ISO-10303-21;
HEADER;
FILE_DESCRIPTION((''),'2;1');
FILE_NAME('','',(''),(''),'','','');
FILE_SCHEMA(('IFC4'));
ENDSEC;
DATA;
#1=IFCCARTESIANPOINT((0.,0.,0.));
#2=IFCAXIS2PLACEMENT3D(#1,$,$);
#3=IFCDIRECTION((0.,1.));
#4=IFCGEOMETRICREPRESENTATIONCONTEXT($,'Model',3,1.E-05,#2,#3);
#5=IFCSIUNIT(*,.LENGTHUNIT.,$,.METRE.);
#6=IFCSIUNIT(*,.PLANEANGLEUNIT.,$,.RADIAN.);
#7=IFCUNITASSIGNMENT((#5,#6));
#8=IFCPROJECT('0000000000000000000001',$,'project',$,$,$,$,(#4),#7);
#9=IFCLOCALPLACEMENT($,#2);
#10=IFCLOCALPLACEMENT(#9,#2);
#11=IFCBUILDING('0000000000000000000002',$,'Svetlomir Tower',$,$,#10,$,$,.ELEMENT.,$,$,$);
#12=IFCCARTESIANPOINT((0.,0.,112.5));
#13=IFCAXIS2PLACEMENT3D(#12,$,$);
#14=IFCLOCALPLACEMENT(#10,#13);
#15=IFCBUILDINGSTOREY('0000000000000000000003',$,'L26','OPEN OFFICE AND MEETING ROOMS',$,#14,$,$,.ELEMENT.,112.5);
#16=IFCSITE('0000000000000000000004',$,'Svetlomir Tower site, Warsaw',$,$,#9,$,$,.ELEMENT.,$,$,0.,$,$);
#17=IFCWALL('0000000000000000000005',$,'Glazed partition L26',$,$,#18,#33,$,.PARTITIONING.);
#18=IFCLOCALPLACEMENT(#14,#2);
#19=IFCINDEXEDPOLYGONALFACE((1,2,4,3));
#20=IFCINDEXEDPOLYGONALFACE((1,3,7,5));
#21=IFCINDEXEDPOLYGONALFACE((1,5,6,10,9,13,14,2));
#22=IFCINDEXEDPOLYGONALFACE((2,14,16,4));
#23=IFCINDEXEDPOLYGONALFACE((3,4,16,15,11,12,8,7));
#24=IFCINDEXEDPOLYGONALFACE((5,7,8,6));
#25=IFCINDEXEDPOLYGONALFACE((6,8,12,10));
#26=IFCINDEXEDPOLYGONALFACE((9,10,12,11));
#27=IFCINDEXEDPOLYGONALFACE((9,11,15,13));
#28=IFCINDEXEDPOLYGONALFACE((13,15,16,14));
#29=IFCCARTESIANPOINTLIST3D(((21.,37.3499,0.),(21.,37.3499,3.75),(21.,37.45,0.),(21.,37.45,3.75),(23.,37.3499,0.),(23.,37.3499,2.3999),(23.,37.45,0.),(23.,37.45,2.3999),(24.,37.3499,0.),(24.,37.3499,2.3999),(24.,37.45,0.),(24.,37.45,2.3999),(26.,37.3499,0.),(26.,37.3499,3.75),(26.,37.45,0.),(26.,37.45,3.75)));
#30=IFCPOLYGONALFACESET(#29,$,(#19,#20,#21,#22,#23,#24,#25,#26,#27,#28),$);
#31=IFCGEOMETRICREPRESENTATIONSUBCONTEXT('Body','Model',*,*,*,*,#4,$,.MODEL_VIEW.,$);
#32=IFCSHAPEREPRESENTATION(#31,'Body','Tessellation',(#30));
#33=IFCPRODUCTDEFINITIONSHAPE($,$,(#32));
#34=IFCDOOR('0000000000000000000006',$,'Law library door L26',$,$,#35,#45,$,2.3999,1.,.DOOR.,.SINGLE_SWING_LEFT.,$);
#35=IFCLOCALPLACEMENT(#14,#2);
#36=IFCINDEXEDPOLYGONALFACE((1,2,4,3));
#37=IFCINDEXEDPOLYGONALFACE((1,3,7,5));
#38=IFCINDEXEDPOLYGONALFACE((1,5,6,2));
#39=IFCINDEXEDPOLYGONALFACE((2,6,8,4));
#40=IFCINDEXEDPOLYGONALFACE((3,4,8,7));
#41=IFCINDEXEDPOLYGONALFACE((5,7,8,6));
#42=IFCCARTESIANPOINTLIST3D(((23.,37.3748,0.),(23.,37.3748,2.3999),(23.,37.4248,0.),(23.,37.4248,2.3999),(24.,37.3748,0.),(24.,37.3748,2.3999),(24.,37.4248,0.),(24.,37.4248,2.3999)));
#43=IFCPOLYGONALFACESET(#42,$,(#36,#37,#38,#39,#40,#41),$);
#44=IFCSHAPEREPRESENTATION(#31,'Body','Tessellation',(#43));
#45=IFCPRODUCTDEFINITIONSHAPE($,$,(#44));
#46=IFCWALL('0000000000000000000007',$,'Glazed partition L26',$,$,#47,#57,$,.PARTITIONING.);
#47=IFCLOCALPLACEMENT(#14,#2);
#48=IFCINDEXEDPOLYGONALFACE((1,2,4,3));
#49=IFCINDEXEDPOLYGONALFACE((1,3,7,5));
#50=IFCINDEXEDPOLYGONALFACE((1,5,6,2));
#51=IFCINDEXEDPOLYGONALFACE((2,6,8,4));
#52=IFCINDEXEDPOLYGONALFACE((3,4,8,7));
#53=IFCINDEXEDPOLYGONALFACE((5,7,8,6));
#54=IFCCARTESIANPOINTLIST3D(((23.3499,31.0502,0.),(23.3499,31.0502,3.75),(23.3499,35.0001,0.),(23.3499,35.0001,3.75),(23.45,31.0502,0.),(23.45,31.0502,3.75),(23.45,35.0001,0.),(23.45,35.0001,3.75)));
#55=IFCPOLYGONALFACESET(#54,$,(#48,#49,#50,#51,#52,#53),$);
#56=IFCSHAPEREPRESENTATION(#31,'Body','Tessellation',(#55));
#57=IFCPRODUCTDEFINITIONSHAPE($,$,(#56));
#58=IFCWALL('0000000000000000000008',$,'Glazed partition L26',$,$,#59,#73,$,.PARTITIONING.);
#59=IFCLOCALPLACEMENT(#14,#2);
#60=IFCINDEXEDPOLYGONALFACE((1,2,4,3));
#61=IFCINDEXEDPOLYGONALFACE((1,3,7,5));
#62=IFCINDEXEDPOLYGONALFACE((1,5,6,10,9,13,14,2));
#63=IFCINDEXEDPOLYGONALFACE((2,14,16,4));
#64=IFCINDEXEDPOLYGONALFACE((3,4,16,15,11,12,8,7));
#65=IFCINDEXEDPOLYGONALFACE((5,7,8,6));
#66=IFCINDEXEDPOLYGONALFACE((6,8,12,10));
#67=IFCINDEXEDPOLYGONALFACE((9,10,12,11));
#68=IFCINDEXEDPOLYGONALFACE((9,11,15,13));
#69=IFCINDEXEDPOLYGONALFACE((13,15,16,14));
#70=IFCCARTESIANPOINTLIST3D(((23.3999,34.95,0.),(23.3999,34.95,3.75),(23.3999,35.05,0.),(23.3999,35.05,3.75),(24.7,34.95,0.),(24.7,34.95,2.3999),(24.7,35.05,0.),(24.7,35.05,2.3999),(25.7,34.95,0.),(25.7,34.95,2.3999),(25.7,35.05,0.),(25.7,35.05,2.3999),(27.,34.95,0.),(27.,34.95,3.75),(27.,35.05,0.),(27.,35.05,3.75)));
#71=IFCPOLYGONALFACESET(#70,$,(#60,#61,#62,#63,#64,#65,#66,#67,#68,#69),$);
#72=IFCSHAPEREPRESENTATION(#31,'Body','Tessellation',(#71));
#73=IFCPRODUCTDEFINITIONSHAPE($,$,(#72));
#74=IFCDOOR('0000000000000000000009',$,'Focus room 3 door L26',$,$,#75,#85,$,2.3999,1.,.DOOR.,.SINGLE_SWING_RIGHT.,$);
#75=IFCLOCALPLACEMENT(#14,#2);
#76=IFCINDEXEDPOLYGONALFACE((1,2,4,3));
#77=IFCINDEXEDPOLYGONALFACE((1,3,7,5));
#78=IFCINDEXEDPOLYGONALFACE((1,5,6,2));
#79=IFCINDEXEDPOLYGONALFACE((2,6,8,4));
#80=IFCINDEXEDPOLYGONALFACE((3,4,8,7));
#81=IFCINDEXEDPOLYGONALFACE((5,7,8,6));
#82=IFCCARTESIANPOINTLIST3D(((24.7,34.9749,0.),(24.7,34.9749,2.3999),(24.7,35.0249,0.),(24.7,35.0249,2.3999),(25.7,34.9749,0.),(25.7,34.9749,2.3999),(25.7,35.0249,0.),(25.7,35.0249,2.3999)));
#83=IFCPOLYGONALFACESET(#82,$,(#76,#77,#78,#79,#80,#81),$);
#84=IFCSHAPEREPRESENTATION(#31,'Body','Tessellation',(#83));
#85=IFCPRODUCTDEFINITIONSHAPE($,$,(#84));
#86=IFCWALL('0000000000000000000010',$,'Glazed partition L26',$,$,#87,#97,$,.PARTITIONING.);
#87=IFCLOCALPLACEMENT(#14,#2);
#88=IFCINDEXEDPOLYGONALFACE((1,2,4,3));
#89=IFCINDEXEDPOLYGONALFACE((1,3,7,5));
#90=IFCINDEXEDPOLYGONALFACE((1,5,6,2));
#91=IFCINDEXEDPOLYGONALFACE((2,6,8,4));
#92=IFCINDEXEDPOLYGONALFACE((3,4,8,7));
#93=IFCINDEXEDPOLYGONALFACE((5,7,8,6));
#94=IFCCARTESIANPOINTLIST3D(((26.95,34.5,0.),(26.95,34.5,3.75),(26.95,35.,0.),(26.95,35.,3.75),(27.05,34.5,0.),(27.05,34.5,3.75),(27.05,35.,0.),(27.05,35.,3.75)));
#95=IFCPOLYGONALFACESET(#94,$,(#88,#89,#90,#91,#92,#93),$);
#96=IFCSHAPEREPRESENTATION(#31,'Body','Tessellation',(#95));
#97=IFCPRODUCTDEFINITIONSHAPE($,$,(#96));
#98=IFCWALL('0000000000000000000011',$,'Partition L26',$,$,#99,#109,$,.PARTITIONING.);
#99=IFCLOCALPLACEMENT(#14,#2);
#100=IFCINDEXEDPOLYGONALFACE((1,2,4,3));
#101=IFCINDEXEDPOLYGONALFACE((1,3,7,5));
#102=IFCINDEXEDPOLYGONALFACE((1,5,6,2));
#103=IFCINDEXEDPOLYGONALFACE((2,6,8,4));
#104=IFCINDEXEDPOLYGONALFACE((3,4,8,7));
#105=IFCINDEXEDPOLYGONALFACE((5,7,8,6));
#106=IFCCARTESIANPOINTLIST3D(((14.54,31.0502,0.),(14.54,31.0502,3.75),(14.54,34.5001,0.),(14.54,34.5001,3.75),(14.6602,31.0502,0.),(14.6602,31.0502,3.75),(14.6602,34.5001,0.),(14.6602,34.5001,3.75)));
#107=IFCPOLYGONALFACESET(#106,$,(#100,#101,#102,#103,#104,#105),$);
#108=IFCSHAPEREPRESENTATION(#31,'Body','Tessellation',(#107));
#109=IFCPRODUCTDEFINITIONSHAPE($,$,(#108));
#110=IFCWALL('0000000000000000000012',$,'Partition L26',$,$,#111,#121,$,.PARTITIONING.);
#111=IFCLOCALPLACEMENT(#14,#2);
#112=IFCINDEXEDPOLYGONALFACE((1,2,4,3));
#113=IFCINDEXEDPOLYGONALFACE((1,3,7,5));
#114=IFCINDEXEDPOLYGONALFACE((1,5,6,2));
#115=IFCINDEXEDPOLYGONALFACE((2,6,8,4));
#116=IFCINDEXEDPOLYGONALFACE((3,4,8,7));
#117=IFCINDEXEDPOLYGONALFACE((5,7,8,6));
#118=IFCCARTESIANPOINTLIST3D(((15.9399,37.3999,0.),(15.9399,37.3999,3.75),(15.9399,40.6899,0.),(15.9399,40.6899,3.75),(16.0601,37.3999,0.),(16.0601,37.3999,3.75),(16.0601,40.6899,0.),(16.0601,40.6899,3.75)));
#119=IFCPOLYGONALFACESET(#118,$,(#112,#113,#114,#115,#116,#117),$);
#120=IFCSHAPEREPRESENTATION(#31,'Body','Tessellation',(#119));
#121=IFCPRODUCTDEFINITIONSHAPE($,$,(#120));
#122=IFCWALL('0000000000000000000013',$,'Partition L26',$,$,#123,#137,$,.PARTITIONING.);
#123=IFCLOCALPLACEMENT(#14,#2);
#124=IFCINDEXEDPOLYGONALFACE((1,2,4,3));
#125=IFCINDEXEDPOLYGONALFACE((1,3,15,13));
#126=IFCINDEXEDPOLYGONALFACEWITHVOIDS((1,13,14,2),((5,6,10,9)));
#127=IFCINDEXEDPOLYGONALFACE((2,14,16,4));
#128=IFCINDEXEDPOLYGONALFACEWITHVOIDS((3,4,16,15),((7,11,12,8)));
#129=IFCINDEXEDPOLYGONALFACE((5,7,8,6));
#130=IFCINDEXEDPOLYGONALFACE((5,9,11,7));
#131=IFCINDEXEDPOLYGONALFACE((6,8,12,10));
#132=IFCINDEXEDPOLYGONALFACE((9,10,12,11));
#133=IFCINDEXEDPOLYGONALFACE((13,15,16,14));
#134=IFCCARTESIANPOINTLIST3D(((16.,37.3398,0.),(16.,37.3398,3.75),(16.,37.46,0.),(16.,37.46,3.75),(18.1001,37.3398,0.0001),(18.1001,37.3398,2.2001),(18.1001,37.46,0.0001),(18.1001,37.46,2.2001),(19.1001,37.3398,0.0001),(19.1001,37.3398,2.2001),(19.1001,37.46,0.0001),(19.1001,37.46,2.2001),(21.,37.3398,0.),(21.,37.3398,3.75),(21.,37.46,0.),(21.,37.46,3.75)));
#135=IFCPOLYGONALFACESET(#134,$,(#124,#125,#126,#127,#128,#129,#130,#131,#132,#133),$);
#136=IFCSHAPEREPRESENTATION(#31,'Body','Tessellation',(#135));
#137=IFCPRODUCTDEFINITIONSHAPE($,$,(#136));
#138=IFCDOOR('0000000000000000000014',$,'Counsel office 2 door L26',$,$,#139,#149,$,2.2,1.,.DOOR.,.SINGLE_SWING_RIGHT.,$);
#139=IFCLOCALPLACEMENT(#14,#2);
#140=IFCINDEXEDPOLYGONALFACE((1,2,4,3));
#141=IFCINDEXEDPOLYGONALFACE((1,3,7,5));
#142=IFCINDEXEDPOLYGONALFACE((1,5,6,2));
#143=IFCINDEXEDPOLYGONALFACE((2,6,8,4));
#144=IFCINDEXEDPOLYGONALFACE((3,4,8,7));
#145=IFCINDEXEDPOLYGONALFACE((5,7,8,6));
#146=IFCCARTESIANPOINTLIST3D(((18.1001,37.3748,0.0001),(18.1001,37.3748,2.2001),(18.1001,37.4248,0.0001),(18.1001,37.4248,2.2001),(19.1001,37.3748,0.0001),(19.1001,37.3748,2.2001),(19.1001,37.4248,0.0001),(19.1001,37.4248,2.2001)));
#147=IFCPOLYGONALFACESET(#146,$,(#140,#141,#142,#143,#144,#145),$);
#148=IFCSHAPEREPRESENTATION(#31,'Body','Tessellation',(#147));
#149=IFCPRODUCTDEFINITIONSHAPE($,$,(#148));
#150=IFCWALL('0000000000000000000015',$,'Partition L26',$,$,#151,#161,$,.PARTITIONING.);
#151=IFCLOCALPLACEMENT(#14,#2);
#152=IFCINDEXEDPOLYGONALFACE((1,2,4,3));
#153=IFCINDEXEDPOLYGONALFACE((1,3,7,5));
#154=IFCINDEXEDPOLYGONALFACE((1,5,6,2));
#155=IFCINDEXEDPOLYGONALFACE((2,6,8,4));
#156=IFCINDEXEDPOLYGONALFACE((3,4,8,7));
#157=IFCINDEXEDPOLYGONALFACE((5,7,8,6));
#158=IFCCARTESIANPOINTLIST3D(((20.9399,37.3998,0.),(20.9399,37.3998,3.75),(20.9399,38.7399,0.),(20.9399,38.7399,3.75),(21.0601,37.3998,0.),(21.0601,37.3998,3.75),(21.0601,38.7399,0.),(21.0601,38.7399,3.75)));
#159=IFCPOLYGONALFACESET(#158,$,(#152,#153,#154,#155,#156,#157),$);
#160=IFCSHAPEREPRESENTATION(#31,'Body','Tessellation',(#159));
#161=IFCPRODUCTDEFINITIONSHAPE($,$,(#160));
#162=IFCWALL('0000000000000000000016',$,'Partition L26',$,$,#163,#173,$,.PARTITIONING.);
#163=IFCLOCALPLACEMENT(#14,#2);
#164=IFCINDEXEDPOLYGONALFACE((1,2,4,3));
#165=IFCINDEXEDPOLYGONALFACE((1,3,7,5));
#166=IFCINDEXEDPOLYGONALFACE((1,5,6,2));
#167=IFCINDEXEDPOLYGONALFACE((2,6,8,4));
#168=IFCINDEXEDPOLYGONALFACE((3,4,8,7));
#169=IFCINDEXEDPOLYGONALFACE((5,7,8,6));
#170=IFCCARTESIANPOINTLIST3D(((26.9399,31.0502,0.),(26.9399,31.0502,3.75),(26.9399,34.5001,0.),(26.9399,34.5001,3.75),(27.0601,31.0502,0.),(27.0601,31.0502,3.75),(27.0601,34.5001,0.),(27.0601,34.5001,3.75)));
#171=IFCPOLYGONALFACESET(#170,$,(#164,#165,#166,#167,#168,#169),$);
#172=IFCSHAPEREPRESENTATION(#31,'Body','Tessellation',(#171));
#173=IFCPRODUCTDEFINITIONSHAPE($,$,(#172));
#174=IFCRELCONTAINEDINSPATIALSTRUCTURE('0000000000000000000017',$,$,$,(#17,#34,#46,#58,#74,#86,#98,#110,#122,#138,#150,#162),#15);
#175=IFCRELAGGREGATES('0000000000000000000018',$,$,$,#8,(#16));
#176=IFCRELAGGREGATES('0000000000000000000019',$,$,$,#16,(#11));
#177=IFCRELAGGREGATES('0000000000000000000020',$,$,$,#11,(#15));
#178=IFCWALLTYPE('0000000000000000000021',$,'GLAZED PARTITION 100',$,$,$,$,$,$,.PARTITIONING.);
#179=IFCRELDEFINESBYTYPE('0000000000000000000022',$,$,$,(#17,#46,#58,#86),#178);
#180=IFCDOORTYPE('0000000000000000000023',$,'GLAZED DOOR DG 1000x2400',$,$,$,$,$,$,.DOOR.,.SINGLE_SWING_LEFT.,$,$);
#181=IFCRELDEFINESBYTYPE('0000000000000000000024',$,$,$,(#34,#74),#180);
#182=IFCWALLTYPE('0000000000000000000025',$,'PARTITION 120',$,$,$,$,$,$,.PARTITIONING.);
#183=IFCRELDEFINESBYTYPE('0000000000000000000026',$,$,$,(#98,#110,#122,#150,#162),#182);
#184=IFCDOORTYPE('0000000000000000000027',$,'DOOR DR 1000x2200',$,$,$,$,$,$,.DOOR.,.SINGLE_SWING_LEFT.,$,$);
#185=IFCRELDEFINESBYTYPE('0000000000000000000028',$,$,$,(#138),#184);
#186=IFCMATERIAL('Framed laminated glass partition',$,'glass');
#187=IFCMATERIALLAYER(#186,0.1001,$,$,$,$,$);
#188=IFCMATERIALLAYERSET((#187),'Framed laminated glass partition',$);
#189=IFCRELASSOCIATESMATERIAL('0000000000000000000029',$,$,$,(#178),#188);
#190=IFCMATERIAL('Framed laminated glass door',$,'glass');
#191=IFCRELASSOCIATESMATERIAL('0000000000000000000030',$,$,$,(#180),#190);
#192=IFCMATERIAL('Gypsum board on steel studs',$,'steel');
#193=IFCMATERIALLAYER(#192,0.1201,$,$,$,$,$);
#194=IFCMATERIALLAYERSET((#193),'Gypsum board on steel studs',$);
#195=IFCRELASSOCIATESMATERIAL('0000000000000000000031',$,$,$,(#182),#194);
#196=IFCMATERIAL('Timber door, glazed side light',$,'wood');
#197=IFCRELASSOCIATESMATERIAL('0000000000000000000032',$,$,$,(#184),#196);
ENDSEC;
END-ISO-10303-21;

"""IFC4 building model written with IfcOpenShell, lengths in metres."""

from ifc_helpers import new_model, si_unit, direction, frame, frame_2d, origin, place, context, subcontext, project, spatial, rectangle, extrude, material, layer, layer_set, type_object, element, fill, save


model = new_model("IFC4")

# Units and contexts
model_context = context("Model", 3, precision=1e-05, world=origin(), true_north=direction((0.0, 1.0)))
body_context = subcontext(model_context, "Body", "Model", "MODEL_VIEW")
ifc_project = project(units=[si_unit("LENGTHUNIT", "METRE"), si_unit("PLANEANGLEUNIT", "RADIAN")], contexts=[model_context])

# Site, building, storey
site_placement = place(None, origin())
site = spatial("IfcSite", under=ifc_project, at=site_placement, Name="Svetlomir Tower site, Warsaw", CompositionType="ELEMENT", RefElevation=0.0)
building_placement = place(site_placement, origin())
building = spatial("IfcBuilding", under=site, at=building_placement, Name="Svetlomir Tower", CompositionType="ELEMENT")
storey_placement = place(building_placement, frame((0.0, 0.0, 112.5)))
storey = spatial("IfcBuildingStorey", under=building, at=storey_placement, Name="L26", Description="OPEN OFFICE AND MEETING ROOMS", CompositionType="ELEMENT", Elevation=112.5)

# Shared definitions
ifc_material_1 = material(Name="Framed laminated glass partition", Category="glass")
ifc_layer_1 = layer(ifc_material_1, 0.1001)
ifc_layer_set_1 = layer_set([ifc_layer_1], Name="Framed laminated glass partition")
wall_type_1 = type_object("IfcWallType", Name="GLAZED PARTITION 100", PredefinedType="PARTITIONING", material=ifc_layer_set_1)

# Shared definitions
ifc_material_2 = material(Name="Framed laminated glass door", Category="glass")
door_type_1 = type_object("IfcDoorType", Name="GLAZED DOOR DG 1000x2400", OperationType="SINGLE_SWING_LEFT", PredefinedType="DOOR", material=ifc_material_2)

# Wall, opening, door
wall_1_placement = place(storey_placement, frame((21.0, 37.3999, 0.0), z_axis=(0.0, 0.0, 1.0), x_axis=(1.0, 0.0, 0.0)))
wall_1 = element("IfcWall", 1, at=wall_1_placement, inside=storey, type_object=wall_type_1, Name="Glazed partition L26", PredefinedType="PARTITIONING", context=body_context, shape_type="SweptSolid", body=[
    extrude(rectangle(XDim=5.0, YDim=0.1001, at=frame_2d((2.5, 0.0))), origin(), (0.0, 0.0, 1.0), 3.75),
])
opening_1_placement = place(wall_1_placement, frame((2.0, 0.0, 0.0)))
opening_1 = element("IfcOpeningElement", 2, at=opening_1_placement, cuts=wall_1, PredefinedType="OPENING", context=body_context, shape_type="SweptSolid", body=[
    extrude(rectangle(XDim=1.0, YDim=2.3999, at=frame_2d((0.5, 1.2))), frame((0.0, 0.0601, 0.0), z_axis=(0.0, -1.0, 0.0), x_axis=(1.0, 0.0, 0.0)), (0.0, 0.0, 1.0), 0.1201),
])
door_1_placement = place(opening_1_placement, origin())
door_1 = element("IfcDoor", 3, at=door_1_placement, inside=storey, type_object=door_type_1, Name="Law library door L26", OperationType="SINGLE_SWING_LEFT", OverallHeight=2.3999, OverallWidth=1.0, PredefinedType="DOOR", context=body_context, shape_type="SweptSolid", body=[
    extrude(rectangle(XDim=1.0, YDim=2.3999, at=frame_2d((0.5, 1.2))), frame((0.0, 0.0249, 0.0), z_axis=(0.0, -1.0, 0.0), x_axis=(1.0, 0.0, 0.0)), (0.0, 0.0, 1.0), 0.05),
])
fill(opening_1, door_1)

# Wall
wall_2_placement = place(storey_placement, frame((23.3999, 31.05, 0.0), z_axis=(0.0, 0.0, 1.0), x_axis=(0.0, 1.0, 0.0)))
element("IfcWall", 4, at=wall_2_placement, inside=storey, type_object=wall_type_1, Name="Glazed partition L26", PredefinedType="PARTITIONING", context=body_context, shape_type="SweptSolid", body=[
    extrude(rectangle(XDim=3.95, YDim=0.1001, at=frame_2d((1.9751, 0.0))), origin(), (0.0, 0.0, 1.0), 3.75),
])

# Wall, opening, door
wall_3_placement = place(storey_placement, frame((23.3999, 35.0, 0.0), z_axis=(0.0, 0.0, 1.0), x_axis=(1.0, 0.0, 0.0)))
wall_3 = element("IfcWall", 5, at=wall_3_placement, inside=storey, type_object=wall_type_1, Name="Glazed partition L26", PredefinedType="PARTITIONING", context=body_context, shape_type="SweptSolid", body=[
    extrude(rectangle(XDim=3.6001, YDim=0.1001, at=frame_2d((1.8, 0.0))), origin(), (0.0, 0.0, 1.0), 3.75),
])
opening_2_placement = place(wall_3_placement, frame((1.3, 0.0, 0.0)))
opening_2 = element("IfcOpeningElement", 6, at=opening_2_placement, cuts=wall_3, PredefinedType="OPENING", context=body_context, shape_type="SweptSolid", body=[
    extrude(rectangle(XDim=1.0, YDim=2.3999, at=frame_2d((0.5, 1.2))), frame((0.0, 0.0601, 0.0), z_axis=(0.0, -1.0, 0.0), x_axis=(1.0, 0.0, 0.0)), (0.0, 0.0, 1.0), 0.1201),
])
door_2_placement = place(opening_2_placement, origin())
door_2 = element("IfcDoor", 7, at=door_2_placement, inside=storey, type_object=door_type_1, Name="Focus room 3 door L26", OperationType="SINGLE_SWING_RIGHT", OverallHeight=2.3999, OverallWidth=1.0, PredefinedType="DOOR", context=body_context, shape_type="SweptSolid", body=[
    extrude(rectangle(XDim=1.0, YDim=2.3999, at=frame_2d((0.5, 1.2))), frame((0.0, 0.0249, 0.0), z_axis=(0.0, -1.0, 0.0), x_axis=(1.0, 0.0, 0.0)), (0.0, 0.0, 1.0), 0.05),
])
fill(opening_2, door_2)

# Walls
wall_4_placement = place(storey_placement, frame((27.0, 34.5, 0.0), z_axis=(0.0, 0.0, 1.0), x_axis=(0.0, 1.0, 0.0)))
element("IfcWall", 8, at=wall_4_placement, inside=storey, type_object=wall_type_1, Name="Glazed partition L26", PredefinedType="PARTITIONING", context=body_context, shape_type="SweptSolid", body=[
    extrude(rectangle(XDim=0.5, YDim=0.1001, at=frame_2d((0.25, 0.0))), origin(), (0.0, 0.0, 1.0), 3.75),
])
ifc_material_3 = material(Name="Gypsum board on steel studs", Category="steel")
ifc_layer_2 = layer(ifc_material_3, 0.1201)
ifc_layer_set_2 = layer_set([ifc_layer_2], Name="Gypsum board on steel studs")
wall_type_2 = type_object("IfcWallType", Name="PARTITION 120", PredefinedType="PARTITIONING", material=ifc_layer_set_2)
wall_5_placement = place(storey_placement, frame((14.6001, 31.05, 0.0), z_axis=(0.0, 0.0, 1.0), x_axis=(0.0, 1.0, 0.0)))
element("IfcWall", 9, at=wall_5_placement, inside=storey, type_object=wall_type_2, Name="Partition L26", PredefinedType="PARTITIONING", context=body_context, shape_type="SweptSolid", body=[
    extrude(rectangle(XDim=3.45, YDim=0.1201, at=frame_2d((1.7251, 0.0))), origin(), (0.0, 0.0, 1.0), 3.75),
])
wall_6_placement = place(storey_placement, frame((16.0, 37.3999, 0.0), z_axis=(0.0, 0.0, 1.0), x_axis=(0.0, 1.0, 0.0)))
element("IfcWall", 10, at=wall_6_placement, inside=storey, type_object=wall_type_2, Name="Partition L26", PredefinedType="PARTITIONING", context=body_context, shape_type="SweptSolid", body=[
    extrude(rectangle(XDim=3.29, YDim=0.1201, at=frame_2d((1.645, 0.0))), origin(), (0.0, 0.0, 1.0), 3.75),
])

# Wall, opening, door
wall_7_placement = place(storey_placement, frame((16.0, 37.3999, 0.0), z_axis=(0.0, 0.0, 1.0), x_axis=(1.0, 0.0, 0.0)))
wall_7 = element("IfcWall", 11, at=wall_7_placement, inside=storey, type_object=wall_type_2, Name="Partition L26", PredefinedType="PARTITIONING", context=body_context, shape_type="SweptSolid", body=[
    extrude(rectangle(XDim=5.0, YDim=0.1201, at=frame_2d((2.5, 0.0))), origin(), (0.0, 0.0, 1.0), 3.75),
])
opening_3_placement = place(wall_7_placement, frame((2.1001, 0.0, 0.0)))
opening_3 = element("IfcOpeningElement", 12, at=opening_3_placement, cuts=wall_7, PredefinedType="OPENING", context=body_context, shape_type="SweptSolid", body=[
    extrude(rectangle(XDim=1.0, YDim=2.2, at=frame_2d((0.5, 1.1001))), frame((0.0, 0.0701, 0.0), z_axis=(0.0, -1.0, 0.0), x_axis=(1.0, 0.0, 0.0)), (0.0, 0.0, 1.0), 0.1401),
])
ifc_material_4 = material(Name="Timber door, glazed side light", Category="wood")
door_type_2 = type_object("IfcDoorType", Name="DOOR DR 1000x2200", OperationType="SINGLE_SWING_LEFT", PredefinedType="DOOR", material=ifc_material_4)
door_3_placement = place(opening_3_placement, origin())
door_3 = element("IfcDoor", 13, at=door_3_placement, inside=storey, type_object=door_type_2, Name="Counsel office 2 door L26", OperationType="SINGLE_SWING_RIGHT", OverallHeight=2.2, OverallWidth=1.0, PredefinedType="DOOR", context=body_context, shape_type="SweptSolid", body=[
    extrude(rectangle(XDim=1.0, YDim=2.2, at=frame_2d((0.5, 1.1001))), frame((0.0, 0.0249, 0.0), z_axis=(0.0, -1.0, 0.0), x_axis=(1.0, 0.0, 0.0)), (0.0, 0.0, 1.0), 0.05),
])
fill(opening_3, door_3)

# Walls
wall_8_placement = place(storey_placement, frame((21.0, 37.3999, 0.0), z_axis=(0.0, 0.0, 1.0), x_axis=(0.0, 1.0, 0.0)))
element("IfcWall", 14, at=wall_8_placement, inside=storey, type_object=wall_type_2, Name="Partition L26", PredefinedType="PARTITIONING", context=body_context, shape_type="SweptSolid", body=[
    extrude(rectangle(XDim=1.3401, YDim=0.1201, at=frame_2d((0.6699, 0.0))), origin(), (0.0, 0.0, 1.0), 3.75),
])
wall_9_placement = place(storey_placement, frame((27.0, 31.05, 0.0), z_axis=(0.0, 0.0, 1.0), x_axis=(0.0, 1.0, 0.0)))
element("IfcWall", 15, at=wall_9_placement, inside=storey, type_object=wall_type_2, Name="Partition L26", PredefinedType="PARTITIONING", context=body_context, shape_type="SweptSolid", body=[
    extrude(rectangle(XDim=3.45, YDim=0.1201, at=frame_2d((1.7251, 0.0))), origin(), (0.0, 0.0, 1.0), 3.75),
])

save(model, "model.ifc")
